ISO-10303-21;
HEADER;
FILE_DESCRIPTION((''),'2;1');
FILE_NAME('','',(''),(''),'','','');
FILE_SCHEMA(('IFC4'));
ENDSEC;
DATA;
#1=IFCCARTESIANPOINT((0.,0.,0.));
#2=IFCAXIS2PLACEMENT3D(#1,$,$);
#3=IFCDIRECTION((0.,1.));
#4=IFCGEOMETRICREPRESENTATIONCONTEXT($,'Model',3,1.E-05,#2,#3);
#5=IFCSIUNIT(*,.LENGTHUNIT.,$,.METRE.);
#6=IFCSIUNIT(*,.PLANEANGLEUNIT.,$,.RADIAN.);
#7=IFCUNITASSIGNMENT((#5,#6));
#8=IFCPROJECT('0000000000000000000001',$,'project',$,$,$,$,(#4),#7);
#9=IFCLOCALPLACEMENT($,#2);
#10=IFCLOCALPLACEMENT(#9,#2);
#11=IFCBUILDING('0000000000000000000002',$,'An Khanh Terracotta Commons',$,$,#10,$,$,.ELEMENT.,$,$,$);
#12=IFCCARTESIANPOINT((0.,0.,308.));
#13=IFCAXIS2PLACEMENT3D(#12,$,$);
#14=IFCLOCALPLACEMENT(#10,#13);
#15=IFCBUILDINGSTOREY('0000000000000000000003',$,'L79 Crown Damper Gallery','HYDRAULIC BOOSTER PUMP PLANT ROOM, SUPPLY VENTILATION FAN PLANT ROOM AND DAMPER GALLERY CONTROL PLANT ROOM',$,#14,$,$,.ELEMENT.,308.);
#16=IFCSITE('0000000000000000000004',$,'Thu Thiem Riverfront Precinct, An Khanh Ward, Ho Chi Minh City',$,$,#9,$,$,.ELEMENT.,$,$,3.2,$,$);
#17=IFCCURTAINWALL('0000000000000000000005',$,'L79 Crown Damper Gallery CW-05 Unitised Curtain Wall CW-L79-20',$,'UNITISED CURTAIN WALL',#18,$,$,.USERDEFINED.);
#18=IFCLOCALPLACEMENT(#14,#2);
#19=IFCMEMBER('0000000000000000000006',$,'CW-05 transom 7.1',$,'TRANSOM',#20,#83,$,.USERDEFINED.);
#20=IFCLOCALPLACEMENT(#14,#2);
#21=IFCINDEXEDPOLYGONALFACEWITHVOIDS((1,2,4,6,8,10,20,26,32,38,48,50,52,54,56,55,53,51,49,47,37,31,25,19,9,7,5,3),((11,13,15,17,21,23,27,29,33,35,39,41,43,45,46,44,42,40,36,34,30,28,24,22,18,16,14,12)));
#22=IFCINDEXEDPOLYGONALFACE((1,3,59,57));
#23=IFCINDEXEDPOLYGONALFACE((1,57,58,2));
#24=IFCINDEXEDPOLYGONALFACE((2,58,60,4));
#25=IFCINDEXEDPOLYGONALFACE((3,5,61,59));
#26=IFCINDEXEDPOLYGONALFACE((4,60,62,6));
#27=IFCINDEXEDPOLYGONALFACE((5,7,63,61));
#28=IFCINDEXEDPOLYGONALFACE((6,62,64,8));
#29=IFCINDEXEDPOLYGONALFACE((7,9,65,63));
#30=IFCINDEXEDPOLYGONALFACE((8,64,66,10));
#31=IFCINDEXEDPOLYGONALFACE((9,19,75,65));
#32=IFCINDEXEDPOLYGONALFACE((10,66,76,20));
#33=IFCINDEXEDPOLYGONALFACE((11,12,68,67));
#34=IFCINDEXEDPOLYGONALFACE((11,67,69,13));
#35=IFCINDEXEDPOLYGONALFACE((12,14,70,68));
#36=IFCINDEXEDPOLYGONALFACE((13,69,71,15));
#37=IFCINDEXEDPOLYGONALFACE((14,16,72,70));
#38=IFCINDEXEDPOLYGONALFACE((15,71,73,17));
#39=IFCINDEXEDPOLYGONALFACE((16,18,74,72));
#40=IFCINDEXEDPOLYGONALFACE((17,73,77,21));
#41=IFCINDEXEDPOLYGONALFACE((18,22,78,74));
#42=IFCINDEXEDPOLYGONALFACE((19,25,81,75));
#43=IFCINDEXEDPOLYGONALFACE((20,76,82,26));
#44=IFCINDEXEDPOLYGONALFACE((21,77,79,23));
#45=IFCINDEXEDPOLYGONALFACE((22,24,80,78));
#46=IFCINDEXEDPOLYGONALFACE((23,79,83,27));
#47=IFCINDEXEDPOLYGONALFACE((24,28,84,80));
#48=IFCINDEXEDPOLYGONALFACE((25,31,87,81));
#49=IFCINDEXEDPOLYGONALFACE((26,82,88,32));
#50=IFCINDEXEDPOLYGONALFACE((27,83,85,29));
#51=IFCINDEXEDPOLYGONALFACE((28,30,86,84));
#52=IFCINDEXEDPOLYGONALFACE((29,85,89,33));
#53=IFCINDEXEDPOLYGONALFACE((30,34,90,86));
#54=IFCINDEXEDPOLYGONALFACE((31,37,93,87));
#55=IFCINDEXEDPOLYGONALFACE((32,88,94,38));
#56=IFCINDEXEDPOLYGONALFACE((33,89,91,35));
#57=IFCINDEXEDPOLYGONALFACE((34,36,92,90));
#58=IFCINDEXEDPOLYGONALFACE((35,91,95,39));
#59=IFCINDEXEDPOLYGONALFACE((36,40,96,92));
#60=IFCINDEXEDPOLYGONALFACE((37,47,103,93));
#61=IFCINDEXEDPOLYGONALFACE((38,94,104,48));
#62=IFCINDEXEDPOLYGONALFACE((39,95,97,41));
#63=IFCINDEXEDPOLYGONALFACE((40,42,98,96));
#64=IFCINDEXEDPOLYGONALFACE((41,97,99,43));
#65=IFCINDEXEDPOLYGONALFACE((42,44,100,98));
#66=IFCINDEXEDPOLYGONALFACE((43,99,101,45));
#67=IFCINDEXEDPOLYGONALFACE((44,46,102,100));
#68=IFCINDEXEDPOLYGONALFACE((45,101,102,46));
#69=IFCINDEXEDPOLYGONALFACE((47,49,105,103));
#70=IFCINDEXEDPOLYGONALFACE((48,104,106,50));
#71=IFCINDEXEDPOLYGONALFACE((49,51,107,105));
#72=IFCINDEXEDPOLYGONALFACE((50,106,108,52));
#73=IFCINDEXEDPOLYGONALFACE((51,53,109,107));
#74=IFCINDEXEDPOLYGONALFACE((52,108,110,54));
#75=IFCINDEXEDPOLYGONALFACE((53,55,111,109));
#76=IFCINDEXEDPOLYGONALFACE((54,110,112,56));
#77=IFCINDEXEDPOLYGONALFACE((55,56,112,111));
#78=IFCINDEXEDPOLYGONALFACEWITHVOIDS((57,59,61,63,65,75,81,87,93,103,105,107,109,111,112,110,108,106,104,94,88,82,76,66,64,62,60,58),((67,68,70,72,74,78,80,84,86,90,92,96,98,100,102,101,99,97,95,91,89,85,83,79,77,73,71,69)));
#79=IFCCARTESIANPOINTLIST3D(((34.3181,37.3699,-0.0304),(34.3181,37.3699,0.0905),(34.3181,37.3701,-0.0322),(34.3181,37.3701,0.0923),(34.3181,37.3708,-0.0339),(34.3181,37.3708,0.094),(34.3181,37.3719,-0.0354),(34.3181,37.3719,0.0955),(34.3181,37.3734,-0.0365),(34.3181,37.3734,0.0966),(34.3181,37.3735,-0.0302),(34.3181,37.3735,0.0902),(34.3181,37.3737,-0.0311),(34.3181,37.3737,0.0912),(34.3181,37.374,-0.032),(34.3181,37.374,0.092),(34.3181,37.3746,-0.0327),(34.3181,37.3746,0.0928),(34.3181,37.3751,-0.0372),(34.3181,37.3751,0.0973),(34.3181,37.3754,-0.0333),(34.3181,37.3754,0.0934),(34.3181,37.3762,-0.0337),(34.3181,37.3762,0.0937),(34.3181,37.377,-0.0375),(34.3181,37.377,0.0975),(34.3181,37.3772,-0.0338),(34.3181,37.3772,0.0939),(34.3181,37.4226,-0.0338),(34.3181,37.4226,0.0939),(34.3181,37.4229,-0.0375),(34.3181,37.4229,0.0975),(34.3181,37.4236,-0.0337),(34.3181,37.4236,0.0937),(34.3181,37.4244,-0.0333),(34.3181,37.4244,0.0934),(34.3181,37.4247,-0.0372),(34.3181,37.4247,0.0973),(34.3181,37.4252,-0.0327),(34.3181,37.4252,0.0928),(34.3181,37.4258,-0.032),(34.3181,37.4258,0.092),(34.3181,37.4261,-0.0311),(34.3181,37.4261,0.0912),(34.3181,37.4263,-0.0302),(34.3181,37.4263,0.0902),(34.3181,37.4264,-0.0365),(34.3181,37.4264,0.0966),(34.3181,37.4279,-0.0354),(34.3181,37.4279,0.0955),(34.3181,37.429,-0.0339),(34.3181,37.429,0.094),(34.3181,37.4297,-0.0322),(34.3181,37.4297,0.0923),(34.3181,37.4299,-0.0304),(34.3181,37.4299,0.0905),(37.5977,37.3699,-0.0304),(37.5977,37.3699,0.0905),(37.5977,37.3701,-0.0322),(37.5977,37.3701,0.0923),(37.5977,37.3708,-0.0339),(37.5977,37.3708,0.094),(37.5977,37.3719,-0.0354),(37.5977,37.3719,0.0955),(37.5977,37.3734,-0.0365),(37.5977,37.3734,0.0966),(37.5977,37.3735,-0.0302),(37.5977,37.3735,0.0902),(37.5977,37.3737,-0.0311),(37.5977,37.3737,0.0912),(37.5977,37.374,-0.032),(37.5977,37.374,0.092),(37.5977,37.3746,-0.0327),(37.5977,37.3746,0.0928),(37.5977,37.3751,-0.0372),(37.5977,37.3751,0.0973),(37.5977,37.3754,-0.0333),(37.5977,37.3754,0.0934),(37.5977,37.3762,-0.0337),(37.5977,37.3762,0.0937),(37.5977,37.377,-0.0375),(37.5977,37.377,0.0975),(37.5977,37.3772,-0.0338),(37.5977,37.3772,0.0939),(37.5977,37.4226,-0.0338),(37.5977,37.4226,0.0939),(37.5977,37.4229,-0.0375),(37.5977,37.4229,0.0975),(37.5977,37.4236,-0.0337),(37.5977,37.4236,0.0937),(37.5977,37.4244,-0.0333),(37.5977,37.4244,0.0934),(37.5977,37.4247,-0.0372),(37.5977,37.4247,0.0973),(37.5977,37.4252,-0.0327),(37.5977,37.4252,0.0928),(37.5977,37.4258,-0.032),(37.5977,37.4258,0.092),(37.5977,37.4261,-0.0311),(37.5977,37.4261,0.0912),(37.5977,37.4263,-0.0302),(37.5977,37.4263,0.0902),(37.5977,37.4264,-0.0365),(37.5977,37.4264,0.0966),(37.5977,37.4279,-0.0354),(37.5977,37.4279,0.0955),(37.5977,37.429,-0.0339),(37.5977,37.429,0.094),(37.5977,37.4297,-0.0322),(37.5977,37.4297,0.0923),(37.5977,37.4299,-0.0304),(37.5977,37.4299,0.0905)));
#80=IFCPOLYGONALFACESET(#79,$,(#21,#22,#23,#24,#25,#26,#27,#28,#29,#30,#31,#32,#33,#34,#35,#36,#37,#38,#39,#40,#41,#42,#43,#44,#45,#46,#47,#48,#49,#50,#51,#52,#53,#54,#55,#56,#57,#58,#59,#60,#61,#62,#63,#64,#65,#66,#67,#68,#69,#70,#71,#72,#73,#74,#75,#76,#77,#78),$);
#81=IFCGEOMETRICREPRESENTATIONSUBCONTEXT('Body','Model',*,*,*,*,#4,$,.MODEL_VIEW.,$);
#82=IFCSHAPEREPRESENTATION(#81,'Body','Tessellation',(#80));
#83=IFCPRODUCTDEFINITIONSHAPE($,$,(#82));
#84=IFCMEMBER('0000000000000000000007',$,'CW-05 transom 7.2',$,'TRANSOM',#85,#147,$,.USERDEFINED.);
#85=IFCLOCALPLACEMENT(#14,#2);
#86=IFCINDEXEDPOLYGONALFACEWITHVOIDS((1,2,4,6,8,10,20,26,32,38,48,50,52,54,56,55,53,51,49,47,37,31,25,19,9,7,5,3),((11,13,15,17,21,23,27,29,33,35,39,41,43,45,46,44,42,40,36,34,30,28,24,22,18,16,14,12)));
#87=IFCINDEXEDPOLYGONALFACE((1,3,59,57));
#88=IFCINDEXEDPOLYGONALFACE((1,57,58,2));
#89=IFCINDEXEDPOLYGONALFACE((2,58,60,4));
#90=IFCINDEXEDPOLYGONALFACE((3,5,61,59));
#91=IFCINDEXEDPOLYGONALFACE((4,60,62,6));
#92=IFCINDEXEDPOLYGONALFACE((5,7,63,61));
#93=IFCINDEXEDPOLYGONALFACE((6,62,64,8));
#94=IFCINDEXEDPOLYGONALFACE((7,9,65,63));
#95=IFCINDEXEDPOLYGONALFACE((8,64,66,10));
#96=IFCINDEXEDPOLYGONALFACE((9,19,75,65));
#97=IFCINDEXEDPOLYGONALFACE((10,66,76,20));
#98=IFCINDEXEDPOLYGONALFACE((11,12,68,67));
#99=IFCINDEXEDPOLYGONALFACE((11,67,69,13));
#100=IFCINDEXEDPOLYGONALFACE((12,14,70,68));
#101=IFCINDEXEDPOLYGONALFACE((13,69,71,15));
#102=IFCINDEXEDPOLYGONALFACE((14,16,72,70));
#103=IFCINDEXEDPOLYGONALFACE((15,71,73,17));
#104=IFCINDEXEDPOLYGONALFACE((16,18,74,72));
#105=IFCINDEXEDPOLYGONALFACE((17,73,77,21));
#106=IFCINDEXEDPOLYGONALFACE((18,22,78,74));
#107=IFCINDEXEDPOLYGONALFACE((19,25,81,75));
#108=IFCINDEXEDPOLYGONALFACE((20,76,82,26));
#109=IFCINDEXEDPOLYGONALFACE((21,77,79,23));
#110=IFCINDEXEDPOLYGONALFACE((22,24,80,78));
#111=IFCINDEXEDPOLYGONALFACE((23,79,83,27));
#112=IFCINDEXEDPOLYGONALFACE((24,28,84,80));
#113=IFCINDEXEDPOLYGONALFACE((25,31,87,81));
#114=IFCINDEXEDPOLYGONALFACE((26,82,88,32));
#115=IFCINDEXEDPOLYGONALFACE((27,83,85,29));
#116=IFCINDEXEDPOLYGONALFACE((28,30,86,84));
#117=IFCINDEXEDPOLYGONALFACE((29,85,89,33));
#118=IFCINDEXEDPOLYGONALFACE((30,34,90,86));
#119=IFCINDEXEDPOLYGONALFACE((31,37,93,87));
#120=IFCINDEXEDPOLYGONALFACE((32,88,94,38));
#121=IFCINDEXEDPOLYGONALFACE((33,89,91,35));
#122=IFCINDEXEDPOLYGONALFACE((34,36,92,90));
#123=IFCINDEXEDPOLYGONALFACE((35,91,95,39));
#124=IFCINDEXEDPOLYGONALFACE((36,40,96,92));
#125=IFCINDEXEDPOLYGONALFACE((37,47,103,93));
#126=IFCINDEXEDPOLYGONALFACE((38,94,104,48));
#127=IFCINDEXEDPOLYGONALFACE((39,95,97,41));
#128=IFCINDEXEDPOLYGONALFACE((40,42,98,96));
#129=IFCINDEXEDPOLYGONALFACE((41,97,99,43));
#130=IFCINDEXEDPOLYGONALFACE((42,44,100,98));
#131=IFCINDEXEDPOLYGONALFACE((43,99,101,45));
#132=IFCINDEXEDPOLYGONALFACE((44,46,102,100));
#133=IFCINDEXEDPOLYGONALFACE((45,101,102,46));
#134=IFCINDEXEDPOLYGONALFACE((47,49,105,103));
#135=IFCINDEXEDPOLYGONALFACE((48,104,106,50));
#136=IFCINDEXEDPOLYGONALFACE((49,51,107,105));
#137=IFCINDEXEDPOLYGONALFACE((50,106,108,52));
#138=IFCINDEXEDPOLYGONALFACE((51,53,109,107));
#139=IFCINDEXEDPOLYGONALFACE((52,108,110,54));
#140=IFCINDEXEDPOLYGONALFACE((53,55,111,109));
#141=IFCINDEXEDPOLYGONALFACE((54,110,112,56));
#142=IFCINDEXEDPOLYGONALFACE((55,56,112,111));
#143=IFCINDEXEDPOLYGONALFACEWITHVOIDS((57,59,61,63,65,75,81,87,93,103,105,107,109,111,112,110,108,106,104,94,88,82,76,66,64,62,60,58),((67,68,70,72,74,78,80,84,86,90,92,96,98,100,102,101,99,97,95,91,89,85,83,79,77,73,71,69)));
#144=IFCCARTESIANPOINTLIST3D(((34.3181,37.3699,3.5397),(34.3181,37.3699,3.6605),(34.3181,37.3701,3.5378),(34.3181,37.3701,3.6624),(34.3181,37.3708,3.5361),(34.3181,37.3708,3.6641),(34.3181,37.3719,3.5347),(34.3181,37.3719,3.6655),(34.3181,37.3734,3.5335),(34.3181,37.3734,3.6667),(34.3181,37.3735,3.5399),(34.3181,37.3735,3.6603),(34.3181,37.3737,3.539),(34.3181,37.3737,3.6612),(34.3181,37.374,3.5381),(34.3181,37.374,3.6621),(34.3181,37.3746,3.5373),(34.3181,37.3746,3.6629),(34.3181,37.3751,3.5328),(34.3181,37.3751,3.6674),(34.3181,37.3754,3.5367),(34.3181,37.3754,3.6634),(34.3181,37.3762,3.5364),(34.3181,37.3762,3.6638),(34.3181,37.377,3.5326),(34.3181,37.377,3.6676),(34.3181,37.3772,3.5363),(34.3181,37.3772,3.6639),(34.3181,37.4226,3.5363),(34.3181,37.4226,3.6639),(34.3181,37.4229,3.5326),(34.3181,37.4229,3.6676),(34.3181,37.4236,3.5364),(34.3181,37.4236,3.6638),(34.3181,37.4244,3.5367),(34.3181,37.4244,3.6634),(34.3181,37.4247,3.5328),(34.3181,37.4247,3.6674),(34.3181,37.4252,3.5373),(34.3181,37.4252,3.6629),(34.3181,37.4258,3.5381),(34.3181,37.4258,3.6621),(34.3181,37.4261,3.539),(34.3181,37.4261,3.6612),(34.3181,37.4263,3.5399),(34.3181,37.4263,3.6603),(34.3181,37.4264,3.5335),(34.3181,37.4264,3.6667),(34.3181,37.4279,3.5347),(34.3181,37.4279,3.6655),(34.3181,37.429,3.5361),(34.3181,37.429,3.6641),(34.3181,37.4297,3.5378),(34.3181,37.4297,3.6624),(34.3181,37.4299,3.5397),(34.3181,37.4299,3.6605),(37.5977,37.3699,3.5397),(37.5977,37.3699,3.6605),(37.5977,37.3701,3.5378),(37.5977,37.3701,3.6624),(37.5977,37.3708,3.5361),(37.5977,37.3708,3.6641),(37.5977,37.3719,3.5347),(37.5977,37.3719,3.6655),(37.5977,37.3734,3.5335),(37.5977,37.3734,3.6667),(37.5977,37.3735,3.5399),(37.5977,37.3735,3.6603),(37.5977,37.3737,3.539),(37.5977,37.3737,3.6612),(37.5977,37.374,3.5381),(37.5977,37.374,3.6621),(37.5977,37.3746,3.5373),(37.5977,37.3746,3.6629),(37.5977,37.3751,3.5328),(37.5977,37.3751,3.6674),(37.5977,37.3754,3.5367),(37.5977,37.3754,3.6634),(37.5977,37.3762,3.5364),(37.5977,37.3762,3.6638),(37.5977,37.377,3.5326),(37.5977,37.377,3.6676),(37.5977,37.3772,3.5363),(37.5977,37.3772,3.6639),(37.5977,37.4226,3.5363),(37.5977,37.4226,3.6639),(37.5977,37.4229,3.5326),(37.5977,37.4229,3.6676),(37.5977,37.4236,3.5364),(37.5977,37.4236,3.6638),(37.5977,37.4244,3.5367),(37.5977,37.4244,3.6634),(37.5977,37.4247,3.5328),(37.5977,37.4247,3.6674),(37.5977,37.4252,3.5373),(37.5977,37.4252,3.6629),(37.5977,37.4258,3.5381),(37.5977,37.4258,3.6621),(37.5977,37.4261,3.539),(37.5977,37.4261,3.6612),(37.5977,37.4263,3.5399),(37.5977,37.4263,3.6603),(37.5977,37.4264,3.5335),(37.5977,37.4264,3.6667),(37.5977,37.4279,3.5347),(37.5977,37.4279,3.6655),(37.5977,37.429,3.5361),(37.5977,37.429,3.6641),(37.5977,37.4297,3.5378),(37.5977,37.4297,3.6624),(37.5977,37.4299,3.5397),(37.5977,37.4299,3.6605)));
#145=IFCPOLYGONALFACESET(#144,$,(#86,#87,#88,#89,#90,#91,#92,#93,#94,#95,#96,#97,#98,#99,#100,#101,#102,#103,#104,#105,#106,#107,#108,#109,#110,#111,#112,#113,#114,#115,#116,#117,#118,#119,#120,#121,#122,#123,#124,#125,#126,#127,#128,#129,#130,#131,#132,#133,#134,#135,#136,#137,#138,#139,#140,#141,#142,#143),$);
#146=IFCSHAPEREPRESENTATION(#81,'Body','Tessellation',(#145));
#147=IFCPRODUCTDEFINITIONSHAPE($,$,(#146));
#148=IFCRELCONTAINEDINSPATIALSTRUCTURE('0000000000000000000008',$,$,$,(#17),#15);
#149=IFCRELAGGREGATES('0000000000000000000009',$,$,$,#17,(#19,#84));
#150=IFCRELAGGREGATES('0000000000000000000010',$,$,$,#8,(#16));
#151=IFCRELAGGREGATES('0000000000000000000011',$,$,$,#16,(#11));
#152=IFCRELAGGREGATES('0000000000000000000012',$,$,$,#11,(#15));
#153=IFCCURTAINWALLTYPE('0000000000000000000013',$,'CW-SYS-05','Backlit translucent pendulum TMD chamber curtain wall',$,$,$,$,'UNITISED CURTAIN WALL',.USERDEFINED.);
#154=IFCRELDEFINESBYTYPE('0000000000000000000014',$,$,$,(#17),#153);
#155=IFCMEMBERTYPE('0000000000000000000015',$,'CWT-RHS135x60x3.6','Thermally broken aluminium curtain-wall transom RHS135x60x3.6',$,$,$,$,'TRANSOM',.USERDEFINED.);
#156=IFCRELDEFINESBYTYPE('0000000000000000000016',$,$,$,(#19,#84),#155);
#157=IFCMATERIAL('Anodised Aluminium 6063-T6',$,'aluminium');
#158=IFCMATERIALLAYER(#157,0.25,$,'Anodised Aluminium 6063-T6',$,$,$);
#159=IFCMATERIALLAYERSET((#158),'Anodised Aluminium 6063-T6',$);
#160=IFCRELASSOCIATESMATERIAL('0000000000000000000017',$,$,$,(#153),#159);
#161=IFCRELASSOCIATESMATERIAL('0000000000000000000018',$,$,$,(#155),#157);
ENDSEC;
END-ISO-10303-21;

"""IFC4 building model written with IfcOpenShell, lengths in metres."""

from ifc_helpers import new_model, si_unit, direction, frame, origin, origin_2d, place, context, subcontext, project, spatial, hollow_rectangle, extrude, material, layer, layer_set, material_profile, profile_set, type_object, element, aggregate, save


model = new_model("IFC4")

# Units and contexts
model_context = context("Model", 3, precision=1e-05, world=origin(), true_north=direction((0.0, 1.0)))
body_context = subcontext(model_context, "Body", "Model", "MODEL_VIEW")
ifc_project = project(units=[si_unit("LENGTHUNIT", "METRE"), si_unit("PLANEANGLEUNIT", "RADIAN")], contexts=[model_context])

# Site, building, storey
site_placement = place(None, origin())
site = spatial("IfcSite", under=ifc_project, at=site_placement, Name="Thu Thiem Riverfront Precinct, An Khanh Ward, Ho Chi Minh City", CompositionType="ELEMENT", RefElevation=3.2)
building_placement = place(site_placement, origin())
building = spatial("IfcBuilding", under=site, at=building_placement, Name="An Khanh Terracotta Commons", CompositionType="ELEMENT")
storey_placement = place(building_placement, frame((0.0, 0.0, 308.0)))
storey = spatial("IfcBuildingStorey", under=building, at=storey_placement, Name="L79 Crown Damper Gallery", Description="HYDRAULIC BOOSTER PUMP PLANT ROOM, SUPPLY VENTILATION FAN PLANT ROOM AND DAMPER GALLERY CONTROL PLANT ROOM", CompositionType="ELEMENT", Elevation=308.0)

# Curtain wall, members
ifc_material_1 = material(Name="Anodised Aluminium 6063-T6", Category="aluminium")
ifc_layer_1 = layer(ifc_material_1, 0.25, Name="Anodised Aluminium 6063-T6")
ifc_layer_set_1 = layer_set([ifc_layer_1], Name="Anodised Aluminium 6063-T6")
curtain_wall_type = type_object("IfcCurtainWallType", Name="CW-SYS-05", Description="Backlit translucent pendulum TMD chamber curtain wall", ElementType="UNITISED CURTAIN WALL", PredefinedType="USERDEFINED", material=ifc_layer_set_1)
curtain_wall_placement = place(storey_placement, origin())
curtain_wall = element("IfcCurtainWall", 1, at=curtain_wall_placement, inside=storey, type_object=curtain_wall_type, Name="L79 Crown Damper Gallery CW-05 Unitised Curtain Wall CW-L79-20", ObjectType="UNITISED CURTAIN WALL", PredefinedType="USERDEFINED")
ifc_material_profile_1 = material_profile(ifc_material_1, hollow_rectangle(XDim=0.0601, YDim=0.135, WallThickness=0.0037, InnerFilletRadius=0.0037, OuterFilletRadius=0.0071, at=origin_2d()), Name="RHS135x60x3.6")
ifc_profile_set_1 = profile_set([ifc_material_profile_1], Name="Anodised Aluminium 6063-T6")
member_type_1 = type_object("IfcMemberType", Name="CWT-RHS135x60x3.6", Description="Thermally broken aluminium curtain-wall transom RHS135x60x3.6", ElementType="TRANSOM", PredefinedType="USERDEFINED", material=ifc_profile_set_1)
member_1_placement = place(storey_placement, frame((37.5977, 37.3999, 0.03), z_axis=(-1.0, 0.0, 0.0), x_axis=(0.0, -1.0, 0.0)))
member_1 = element("IfcMember", 2, at=member_1_placement, type_object=member_type_1, Name="CW-05 transom 7.1", ObjectType="TRANSOM", PredefinedType="USERDEFINED", context=body_context, shape_type="SweptSolid", body=[
    extrude(hollow_rectangle(XDim=0.0601, YDim=0.135, WallThickness=0.0037, InnerFilletRadius=0.0037, OuterFilletRadius=0.0071, at=origin_2d()), origin(), (0.0, 0.0, 1.0), 3.2795),
])
member_2_placement = place(storey_placement, frame((37.5977, 37.3999, 3.6001), z_axis=(-1.0, 0.0, 0.0), x_axis=(0.0, -1.0, 0.0)))
member_2 = element("IfcMember", 3, at=member_2_placement, type_object=member_type_1, Name="CW-05 transom 7.2", ObjectType="TRANSOM", PredefinedType="USERDEFINED", context=body_context, shape_type="SweptSolid", body=[
    extrude(hollow_rectangle(XDim=0.0601, YDim=0.135, WallThickness=0.0037, InnerFilletRadius=0.0037, OuterFilletRadius=0.0071, at=origin_2d()), origin(), (0.0, 0.0, 1.0), 3.2795),
])
aggregate(curtain_wall, [member_1, member_2])

save(model, "model.ifc")
